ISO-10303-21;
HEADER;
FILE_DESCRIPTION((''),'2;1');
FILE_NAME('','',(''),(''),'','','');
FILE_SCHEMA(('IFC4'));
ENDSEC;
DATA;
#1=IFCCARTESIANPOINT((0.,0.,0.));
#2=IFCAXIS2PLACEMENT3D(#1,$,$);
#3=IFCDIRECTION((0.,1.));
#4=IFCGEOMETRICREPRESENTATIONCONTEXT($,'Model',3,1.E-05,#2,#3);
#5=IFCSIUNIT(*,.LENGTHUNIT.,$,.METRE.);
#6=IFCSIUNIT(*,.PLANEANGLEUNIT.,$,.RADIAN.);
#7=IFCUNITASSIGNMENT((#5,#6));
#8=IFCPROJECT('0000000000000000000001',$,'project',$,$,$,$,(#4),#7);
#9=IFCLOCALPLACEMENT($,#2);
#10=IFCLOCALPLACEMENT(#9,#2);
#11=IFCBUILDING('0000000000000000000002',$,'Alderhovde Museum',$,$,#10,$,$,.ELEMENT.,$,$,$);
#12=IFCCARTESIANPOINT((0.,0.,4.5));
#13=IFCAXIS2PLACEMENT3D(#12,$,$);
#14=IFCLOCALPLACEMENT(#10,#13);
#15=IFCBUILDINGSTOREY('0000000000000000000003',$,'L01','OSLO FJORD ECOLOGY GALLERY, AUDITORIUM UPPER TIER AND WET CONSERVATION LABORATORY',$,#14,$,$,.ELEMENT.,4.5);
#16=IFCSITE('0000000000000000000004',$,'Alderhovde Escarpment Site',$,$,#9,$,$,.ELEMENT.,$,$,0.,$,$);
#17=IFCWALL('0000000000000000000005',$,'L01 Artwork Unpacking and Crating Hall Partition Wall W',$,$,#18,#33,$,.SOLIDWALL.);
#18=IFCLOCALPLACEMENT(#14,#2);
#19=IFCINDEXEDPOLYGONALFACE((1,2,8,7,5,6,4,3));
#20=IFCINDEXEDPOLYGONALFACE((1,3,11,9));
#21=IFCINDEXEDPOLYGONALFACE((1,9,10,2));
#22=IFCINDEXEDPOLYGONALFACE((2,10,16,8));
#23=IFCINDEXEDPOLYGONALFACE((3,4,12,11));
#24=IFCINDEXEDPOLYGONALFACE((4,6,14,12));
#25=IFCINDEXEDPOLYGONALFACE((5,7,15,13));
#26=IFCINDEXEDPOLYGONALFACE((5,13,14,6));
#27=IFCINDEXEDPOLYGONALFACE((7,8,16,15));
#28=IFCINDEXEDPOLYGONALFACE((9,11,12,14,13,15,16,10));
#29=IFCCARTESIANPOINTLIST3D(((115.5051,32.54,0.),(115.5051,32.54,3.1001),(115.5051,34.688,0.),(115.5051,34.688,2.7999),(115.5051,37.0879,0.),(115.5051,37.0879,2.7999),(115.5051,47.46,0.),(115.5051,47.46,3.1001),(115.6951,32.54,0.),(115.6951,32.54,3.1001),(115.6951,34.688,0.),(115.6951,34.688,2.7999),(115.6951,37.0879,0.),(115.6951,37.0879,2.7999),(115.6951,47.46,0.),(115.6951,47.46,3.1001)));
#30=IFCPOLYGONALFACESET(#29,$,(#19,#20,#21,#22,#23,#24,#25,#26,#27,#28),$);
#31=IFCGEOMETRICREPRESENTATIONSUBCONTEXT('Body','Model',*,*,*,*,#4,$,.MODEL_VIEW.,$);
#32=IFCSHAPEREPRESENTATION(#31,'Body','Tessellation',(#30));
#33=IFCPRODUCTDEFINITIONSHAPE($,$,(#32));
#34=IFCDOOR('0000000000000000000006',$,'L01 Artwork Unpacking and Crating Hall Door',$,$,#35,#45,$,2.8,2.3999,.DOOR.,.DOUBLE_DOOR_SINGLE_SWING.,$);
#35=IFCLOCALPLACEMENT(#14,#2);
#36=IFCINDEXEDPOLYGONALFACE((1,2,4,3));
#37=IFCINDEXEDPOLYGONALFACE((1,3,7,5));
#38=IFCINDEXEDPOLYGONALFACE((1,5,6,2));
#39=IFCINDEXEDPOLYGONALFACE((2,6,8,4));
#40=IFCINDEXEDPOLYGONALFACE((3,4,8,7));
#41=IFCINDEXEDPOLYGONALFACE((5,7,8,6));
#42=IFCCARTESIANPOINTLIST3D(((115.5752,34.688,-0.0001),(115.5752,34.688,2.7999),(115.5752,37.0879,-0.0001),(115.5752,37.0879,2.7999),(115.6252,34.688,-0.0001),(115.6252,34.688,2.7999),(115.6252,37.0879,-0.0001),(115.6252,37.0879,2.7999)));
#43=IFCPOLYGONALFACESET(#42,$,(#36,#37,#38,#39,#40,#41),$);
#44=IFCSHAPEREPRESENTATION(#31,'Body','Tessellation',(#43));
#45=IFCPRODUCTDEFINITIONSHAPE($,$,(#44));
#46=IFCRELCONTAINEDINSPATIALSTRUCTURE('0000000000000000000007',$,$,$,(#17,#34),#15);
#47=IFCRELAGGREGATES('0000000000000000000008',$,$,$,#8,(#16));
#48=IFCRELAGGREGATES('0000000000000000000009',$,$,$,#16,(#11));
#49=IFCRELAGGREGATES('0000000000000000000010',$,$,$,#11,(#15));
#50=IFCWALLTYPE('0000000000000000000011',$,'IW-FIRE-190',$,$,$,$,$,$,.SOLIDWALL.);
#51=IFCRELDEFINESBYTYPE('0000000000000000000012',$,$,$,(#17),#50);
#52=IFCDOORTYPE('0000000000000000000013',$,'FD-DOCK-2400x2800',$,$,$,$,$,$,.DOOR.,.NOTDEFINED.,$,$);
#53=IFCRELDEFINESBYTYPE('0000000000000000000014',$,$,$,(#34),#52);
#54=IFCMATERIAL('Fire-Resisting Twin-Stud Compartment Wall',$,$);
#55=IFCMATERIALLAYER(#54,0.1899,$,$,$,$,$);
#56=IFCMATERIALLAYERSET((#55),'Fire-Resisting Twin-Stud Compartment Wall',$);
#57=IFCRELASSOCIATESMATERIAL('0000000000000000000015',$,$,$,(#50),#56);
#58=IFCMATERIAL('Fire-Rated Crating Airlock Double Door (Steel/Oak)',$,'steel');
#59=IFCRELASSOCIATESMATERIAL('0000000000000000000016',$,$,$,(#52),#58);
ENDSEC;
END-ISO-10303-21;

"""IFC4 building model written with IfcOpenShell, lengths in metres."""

from ifc_helpers import new_model, si_unit, direction, frame, frame_2d, origin, place, context, subcontext, project, spatial, rectangle, extrude, material, layer, layer_set, type_object, element, fill, save


model = new_model("IFC4")

# Units and contexts
model_context = context("Model", 3, precision=1e-05, world=origin(), true_north=direction((0.0, 1.0)))
body_context = subcontext(model_context, "Body", "Model", "MODEL_VIEW")
ifc_project = project(units=[si_unit("LENGTHUNIT", "METRE"), si_unit("PLANEANGLEUNIT", "RADIAN")], contexts=[model_context])

# Site, building, storey
site_placement = place(None, origin())
site = spatial("IfcSite", under=ifc_project, at=site_placement, Name="Alderhovde Escarpment Site", CompositionType="ELEMENT", RefElevation=0.0)
building_placement = place(site_placement, origin())
building = spatial("IfcBuilding", under=site, at=building_placement, Name="Alderhovde Museum", CompositionType="ELEMENT")
storey_placement = place(building_placement, frame((0.0, 0.0, 4.5)))
storey = spatial("IfcBuildingStorey", under=building, at=storey_placement, Name="L01", Description="OSLO FJORD ECOLOGY GALLERY, AUDITORIUM UPPER TIER AND WET CONSERVATION LABORATORY", CompositionType="ELEMENT", Elevation=4.5)

# Wall, opening, door
ifc_material_1 = material(Name="Fire-Resisting Twin-Stud Compartment Wall")
ifc_layer_1 = layer(ifc_material_1, 0.1899)
ifc_layer_set_1 = layer_set([ifc_layer_1], Name="Fire-Resisting Twin-Stud Compartment Wall")
wall_type_1 = type_object("IfcWallType", Name="IW-FIRE-190", PredefinedType="SOLIDWALL", material=ifc_layer_set_1)
wall_1_placement = place(storey_placement, frame((115.6001, 32.54, 0.0), z_axis=(0.0, 0.0, 1.0), x_axis=(0.0, 1.0, 0.0)))
wall_1 = element("IfcWall", 1, at=wall_1_placement, inside=storey, type_object=wall_type_1, Name="L01 Artwork Unpacking and Crating Hall Partition Wall W", PredefinedType="SOLIDWALL", context=body_context, shape_type="SweptSolid", body=[
    extrude(rectangle(XDim=14.9199, YDim=0.1899, at=frame_2d((7.46, 0.0))), origin(), (0.0, 0.0, 1.0), 3.1001),
])
opening_1_placement = place(wall_1_placement, frame((2.1479, 0.0, 0.0)))
opening_1 = element("IfcOpeningElement", 2, at=opening_1_placement, cuts=wall_1, PredefinedType="OPENING", context=body_context, shape_type="SweptSolid", body=[
    extrude(rectangle(XDim=2.3999, YDim=2.8, at=frame_2d((1.2, 1.3999))), frame((0.0, 0.105, 0.0), z_axis=(0.0, -1.0, 0.0), x_axis=(1.0, 0.0, 0.0)), (0.0, 0.0, 1.0), 0.21),
])
ifc_material_2 = material(Name="Fire-Rated Crating Airlock Double Door (Steel/Oak)", Category="steel")
door_type = type_object("IfcDoorType", Name="FD-DOCK-2400x2800", OperationType="NOTDEFINED", PredefinedType="DOOR", material=ifc_material_2)
door_placement = place(opening_1_placement, origin())
door = element("IfcDoor", 3, at=door_placement, inside=storey, type_object=door_type, Name="L01 Artwork Unpacking and Crating Hall Door", OperationType="DOUBLE_DOOR_SINGLE_SWING", OverallHeight=2.8, OverallWidth=2.3999, PredefinedType="DOOR", context=body_context, shape_type="SweptSolid", body=[
    extrude(rectangle(XDim=2.3999, YDim=2.8, at=frame_2d((1.2, 1.3999))), frame((0.0, 0.0249, 0.0), z_axis=(0.0, -1.0, 0.0), x_axis=(1.0, 0.0, 0.0)), (0.0, 0.0, 1.0), 0.05),
])
fill(opening_1, door)

save(model, "model.ifc")
